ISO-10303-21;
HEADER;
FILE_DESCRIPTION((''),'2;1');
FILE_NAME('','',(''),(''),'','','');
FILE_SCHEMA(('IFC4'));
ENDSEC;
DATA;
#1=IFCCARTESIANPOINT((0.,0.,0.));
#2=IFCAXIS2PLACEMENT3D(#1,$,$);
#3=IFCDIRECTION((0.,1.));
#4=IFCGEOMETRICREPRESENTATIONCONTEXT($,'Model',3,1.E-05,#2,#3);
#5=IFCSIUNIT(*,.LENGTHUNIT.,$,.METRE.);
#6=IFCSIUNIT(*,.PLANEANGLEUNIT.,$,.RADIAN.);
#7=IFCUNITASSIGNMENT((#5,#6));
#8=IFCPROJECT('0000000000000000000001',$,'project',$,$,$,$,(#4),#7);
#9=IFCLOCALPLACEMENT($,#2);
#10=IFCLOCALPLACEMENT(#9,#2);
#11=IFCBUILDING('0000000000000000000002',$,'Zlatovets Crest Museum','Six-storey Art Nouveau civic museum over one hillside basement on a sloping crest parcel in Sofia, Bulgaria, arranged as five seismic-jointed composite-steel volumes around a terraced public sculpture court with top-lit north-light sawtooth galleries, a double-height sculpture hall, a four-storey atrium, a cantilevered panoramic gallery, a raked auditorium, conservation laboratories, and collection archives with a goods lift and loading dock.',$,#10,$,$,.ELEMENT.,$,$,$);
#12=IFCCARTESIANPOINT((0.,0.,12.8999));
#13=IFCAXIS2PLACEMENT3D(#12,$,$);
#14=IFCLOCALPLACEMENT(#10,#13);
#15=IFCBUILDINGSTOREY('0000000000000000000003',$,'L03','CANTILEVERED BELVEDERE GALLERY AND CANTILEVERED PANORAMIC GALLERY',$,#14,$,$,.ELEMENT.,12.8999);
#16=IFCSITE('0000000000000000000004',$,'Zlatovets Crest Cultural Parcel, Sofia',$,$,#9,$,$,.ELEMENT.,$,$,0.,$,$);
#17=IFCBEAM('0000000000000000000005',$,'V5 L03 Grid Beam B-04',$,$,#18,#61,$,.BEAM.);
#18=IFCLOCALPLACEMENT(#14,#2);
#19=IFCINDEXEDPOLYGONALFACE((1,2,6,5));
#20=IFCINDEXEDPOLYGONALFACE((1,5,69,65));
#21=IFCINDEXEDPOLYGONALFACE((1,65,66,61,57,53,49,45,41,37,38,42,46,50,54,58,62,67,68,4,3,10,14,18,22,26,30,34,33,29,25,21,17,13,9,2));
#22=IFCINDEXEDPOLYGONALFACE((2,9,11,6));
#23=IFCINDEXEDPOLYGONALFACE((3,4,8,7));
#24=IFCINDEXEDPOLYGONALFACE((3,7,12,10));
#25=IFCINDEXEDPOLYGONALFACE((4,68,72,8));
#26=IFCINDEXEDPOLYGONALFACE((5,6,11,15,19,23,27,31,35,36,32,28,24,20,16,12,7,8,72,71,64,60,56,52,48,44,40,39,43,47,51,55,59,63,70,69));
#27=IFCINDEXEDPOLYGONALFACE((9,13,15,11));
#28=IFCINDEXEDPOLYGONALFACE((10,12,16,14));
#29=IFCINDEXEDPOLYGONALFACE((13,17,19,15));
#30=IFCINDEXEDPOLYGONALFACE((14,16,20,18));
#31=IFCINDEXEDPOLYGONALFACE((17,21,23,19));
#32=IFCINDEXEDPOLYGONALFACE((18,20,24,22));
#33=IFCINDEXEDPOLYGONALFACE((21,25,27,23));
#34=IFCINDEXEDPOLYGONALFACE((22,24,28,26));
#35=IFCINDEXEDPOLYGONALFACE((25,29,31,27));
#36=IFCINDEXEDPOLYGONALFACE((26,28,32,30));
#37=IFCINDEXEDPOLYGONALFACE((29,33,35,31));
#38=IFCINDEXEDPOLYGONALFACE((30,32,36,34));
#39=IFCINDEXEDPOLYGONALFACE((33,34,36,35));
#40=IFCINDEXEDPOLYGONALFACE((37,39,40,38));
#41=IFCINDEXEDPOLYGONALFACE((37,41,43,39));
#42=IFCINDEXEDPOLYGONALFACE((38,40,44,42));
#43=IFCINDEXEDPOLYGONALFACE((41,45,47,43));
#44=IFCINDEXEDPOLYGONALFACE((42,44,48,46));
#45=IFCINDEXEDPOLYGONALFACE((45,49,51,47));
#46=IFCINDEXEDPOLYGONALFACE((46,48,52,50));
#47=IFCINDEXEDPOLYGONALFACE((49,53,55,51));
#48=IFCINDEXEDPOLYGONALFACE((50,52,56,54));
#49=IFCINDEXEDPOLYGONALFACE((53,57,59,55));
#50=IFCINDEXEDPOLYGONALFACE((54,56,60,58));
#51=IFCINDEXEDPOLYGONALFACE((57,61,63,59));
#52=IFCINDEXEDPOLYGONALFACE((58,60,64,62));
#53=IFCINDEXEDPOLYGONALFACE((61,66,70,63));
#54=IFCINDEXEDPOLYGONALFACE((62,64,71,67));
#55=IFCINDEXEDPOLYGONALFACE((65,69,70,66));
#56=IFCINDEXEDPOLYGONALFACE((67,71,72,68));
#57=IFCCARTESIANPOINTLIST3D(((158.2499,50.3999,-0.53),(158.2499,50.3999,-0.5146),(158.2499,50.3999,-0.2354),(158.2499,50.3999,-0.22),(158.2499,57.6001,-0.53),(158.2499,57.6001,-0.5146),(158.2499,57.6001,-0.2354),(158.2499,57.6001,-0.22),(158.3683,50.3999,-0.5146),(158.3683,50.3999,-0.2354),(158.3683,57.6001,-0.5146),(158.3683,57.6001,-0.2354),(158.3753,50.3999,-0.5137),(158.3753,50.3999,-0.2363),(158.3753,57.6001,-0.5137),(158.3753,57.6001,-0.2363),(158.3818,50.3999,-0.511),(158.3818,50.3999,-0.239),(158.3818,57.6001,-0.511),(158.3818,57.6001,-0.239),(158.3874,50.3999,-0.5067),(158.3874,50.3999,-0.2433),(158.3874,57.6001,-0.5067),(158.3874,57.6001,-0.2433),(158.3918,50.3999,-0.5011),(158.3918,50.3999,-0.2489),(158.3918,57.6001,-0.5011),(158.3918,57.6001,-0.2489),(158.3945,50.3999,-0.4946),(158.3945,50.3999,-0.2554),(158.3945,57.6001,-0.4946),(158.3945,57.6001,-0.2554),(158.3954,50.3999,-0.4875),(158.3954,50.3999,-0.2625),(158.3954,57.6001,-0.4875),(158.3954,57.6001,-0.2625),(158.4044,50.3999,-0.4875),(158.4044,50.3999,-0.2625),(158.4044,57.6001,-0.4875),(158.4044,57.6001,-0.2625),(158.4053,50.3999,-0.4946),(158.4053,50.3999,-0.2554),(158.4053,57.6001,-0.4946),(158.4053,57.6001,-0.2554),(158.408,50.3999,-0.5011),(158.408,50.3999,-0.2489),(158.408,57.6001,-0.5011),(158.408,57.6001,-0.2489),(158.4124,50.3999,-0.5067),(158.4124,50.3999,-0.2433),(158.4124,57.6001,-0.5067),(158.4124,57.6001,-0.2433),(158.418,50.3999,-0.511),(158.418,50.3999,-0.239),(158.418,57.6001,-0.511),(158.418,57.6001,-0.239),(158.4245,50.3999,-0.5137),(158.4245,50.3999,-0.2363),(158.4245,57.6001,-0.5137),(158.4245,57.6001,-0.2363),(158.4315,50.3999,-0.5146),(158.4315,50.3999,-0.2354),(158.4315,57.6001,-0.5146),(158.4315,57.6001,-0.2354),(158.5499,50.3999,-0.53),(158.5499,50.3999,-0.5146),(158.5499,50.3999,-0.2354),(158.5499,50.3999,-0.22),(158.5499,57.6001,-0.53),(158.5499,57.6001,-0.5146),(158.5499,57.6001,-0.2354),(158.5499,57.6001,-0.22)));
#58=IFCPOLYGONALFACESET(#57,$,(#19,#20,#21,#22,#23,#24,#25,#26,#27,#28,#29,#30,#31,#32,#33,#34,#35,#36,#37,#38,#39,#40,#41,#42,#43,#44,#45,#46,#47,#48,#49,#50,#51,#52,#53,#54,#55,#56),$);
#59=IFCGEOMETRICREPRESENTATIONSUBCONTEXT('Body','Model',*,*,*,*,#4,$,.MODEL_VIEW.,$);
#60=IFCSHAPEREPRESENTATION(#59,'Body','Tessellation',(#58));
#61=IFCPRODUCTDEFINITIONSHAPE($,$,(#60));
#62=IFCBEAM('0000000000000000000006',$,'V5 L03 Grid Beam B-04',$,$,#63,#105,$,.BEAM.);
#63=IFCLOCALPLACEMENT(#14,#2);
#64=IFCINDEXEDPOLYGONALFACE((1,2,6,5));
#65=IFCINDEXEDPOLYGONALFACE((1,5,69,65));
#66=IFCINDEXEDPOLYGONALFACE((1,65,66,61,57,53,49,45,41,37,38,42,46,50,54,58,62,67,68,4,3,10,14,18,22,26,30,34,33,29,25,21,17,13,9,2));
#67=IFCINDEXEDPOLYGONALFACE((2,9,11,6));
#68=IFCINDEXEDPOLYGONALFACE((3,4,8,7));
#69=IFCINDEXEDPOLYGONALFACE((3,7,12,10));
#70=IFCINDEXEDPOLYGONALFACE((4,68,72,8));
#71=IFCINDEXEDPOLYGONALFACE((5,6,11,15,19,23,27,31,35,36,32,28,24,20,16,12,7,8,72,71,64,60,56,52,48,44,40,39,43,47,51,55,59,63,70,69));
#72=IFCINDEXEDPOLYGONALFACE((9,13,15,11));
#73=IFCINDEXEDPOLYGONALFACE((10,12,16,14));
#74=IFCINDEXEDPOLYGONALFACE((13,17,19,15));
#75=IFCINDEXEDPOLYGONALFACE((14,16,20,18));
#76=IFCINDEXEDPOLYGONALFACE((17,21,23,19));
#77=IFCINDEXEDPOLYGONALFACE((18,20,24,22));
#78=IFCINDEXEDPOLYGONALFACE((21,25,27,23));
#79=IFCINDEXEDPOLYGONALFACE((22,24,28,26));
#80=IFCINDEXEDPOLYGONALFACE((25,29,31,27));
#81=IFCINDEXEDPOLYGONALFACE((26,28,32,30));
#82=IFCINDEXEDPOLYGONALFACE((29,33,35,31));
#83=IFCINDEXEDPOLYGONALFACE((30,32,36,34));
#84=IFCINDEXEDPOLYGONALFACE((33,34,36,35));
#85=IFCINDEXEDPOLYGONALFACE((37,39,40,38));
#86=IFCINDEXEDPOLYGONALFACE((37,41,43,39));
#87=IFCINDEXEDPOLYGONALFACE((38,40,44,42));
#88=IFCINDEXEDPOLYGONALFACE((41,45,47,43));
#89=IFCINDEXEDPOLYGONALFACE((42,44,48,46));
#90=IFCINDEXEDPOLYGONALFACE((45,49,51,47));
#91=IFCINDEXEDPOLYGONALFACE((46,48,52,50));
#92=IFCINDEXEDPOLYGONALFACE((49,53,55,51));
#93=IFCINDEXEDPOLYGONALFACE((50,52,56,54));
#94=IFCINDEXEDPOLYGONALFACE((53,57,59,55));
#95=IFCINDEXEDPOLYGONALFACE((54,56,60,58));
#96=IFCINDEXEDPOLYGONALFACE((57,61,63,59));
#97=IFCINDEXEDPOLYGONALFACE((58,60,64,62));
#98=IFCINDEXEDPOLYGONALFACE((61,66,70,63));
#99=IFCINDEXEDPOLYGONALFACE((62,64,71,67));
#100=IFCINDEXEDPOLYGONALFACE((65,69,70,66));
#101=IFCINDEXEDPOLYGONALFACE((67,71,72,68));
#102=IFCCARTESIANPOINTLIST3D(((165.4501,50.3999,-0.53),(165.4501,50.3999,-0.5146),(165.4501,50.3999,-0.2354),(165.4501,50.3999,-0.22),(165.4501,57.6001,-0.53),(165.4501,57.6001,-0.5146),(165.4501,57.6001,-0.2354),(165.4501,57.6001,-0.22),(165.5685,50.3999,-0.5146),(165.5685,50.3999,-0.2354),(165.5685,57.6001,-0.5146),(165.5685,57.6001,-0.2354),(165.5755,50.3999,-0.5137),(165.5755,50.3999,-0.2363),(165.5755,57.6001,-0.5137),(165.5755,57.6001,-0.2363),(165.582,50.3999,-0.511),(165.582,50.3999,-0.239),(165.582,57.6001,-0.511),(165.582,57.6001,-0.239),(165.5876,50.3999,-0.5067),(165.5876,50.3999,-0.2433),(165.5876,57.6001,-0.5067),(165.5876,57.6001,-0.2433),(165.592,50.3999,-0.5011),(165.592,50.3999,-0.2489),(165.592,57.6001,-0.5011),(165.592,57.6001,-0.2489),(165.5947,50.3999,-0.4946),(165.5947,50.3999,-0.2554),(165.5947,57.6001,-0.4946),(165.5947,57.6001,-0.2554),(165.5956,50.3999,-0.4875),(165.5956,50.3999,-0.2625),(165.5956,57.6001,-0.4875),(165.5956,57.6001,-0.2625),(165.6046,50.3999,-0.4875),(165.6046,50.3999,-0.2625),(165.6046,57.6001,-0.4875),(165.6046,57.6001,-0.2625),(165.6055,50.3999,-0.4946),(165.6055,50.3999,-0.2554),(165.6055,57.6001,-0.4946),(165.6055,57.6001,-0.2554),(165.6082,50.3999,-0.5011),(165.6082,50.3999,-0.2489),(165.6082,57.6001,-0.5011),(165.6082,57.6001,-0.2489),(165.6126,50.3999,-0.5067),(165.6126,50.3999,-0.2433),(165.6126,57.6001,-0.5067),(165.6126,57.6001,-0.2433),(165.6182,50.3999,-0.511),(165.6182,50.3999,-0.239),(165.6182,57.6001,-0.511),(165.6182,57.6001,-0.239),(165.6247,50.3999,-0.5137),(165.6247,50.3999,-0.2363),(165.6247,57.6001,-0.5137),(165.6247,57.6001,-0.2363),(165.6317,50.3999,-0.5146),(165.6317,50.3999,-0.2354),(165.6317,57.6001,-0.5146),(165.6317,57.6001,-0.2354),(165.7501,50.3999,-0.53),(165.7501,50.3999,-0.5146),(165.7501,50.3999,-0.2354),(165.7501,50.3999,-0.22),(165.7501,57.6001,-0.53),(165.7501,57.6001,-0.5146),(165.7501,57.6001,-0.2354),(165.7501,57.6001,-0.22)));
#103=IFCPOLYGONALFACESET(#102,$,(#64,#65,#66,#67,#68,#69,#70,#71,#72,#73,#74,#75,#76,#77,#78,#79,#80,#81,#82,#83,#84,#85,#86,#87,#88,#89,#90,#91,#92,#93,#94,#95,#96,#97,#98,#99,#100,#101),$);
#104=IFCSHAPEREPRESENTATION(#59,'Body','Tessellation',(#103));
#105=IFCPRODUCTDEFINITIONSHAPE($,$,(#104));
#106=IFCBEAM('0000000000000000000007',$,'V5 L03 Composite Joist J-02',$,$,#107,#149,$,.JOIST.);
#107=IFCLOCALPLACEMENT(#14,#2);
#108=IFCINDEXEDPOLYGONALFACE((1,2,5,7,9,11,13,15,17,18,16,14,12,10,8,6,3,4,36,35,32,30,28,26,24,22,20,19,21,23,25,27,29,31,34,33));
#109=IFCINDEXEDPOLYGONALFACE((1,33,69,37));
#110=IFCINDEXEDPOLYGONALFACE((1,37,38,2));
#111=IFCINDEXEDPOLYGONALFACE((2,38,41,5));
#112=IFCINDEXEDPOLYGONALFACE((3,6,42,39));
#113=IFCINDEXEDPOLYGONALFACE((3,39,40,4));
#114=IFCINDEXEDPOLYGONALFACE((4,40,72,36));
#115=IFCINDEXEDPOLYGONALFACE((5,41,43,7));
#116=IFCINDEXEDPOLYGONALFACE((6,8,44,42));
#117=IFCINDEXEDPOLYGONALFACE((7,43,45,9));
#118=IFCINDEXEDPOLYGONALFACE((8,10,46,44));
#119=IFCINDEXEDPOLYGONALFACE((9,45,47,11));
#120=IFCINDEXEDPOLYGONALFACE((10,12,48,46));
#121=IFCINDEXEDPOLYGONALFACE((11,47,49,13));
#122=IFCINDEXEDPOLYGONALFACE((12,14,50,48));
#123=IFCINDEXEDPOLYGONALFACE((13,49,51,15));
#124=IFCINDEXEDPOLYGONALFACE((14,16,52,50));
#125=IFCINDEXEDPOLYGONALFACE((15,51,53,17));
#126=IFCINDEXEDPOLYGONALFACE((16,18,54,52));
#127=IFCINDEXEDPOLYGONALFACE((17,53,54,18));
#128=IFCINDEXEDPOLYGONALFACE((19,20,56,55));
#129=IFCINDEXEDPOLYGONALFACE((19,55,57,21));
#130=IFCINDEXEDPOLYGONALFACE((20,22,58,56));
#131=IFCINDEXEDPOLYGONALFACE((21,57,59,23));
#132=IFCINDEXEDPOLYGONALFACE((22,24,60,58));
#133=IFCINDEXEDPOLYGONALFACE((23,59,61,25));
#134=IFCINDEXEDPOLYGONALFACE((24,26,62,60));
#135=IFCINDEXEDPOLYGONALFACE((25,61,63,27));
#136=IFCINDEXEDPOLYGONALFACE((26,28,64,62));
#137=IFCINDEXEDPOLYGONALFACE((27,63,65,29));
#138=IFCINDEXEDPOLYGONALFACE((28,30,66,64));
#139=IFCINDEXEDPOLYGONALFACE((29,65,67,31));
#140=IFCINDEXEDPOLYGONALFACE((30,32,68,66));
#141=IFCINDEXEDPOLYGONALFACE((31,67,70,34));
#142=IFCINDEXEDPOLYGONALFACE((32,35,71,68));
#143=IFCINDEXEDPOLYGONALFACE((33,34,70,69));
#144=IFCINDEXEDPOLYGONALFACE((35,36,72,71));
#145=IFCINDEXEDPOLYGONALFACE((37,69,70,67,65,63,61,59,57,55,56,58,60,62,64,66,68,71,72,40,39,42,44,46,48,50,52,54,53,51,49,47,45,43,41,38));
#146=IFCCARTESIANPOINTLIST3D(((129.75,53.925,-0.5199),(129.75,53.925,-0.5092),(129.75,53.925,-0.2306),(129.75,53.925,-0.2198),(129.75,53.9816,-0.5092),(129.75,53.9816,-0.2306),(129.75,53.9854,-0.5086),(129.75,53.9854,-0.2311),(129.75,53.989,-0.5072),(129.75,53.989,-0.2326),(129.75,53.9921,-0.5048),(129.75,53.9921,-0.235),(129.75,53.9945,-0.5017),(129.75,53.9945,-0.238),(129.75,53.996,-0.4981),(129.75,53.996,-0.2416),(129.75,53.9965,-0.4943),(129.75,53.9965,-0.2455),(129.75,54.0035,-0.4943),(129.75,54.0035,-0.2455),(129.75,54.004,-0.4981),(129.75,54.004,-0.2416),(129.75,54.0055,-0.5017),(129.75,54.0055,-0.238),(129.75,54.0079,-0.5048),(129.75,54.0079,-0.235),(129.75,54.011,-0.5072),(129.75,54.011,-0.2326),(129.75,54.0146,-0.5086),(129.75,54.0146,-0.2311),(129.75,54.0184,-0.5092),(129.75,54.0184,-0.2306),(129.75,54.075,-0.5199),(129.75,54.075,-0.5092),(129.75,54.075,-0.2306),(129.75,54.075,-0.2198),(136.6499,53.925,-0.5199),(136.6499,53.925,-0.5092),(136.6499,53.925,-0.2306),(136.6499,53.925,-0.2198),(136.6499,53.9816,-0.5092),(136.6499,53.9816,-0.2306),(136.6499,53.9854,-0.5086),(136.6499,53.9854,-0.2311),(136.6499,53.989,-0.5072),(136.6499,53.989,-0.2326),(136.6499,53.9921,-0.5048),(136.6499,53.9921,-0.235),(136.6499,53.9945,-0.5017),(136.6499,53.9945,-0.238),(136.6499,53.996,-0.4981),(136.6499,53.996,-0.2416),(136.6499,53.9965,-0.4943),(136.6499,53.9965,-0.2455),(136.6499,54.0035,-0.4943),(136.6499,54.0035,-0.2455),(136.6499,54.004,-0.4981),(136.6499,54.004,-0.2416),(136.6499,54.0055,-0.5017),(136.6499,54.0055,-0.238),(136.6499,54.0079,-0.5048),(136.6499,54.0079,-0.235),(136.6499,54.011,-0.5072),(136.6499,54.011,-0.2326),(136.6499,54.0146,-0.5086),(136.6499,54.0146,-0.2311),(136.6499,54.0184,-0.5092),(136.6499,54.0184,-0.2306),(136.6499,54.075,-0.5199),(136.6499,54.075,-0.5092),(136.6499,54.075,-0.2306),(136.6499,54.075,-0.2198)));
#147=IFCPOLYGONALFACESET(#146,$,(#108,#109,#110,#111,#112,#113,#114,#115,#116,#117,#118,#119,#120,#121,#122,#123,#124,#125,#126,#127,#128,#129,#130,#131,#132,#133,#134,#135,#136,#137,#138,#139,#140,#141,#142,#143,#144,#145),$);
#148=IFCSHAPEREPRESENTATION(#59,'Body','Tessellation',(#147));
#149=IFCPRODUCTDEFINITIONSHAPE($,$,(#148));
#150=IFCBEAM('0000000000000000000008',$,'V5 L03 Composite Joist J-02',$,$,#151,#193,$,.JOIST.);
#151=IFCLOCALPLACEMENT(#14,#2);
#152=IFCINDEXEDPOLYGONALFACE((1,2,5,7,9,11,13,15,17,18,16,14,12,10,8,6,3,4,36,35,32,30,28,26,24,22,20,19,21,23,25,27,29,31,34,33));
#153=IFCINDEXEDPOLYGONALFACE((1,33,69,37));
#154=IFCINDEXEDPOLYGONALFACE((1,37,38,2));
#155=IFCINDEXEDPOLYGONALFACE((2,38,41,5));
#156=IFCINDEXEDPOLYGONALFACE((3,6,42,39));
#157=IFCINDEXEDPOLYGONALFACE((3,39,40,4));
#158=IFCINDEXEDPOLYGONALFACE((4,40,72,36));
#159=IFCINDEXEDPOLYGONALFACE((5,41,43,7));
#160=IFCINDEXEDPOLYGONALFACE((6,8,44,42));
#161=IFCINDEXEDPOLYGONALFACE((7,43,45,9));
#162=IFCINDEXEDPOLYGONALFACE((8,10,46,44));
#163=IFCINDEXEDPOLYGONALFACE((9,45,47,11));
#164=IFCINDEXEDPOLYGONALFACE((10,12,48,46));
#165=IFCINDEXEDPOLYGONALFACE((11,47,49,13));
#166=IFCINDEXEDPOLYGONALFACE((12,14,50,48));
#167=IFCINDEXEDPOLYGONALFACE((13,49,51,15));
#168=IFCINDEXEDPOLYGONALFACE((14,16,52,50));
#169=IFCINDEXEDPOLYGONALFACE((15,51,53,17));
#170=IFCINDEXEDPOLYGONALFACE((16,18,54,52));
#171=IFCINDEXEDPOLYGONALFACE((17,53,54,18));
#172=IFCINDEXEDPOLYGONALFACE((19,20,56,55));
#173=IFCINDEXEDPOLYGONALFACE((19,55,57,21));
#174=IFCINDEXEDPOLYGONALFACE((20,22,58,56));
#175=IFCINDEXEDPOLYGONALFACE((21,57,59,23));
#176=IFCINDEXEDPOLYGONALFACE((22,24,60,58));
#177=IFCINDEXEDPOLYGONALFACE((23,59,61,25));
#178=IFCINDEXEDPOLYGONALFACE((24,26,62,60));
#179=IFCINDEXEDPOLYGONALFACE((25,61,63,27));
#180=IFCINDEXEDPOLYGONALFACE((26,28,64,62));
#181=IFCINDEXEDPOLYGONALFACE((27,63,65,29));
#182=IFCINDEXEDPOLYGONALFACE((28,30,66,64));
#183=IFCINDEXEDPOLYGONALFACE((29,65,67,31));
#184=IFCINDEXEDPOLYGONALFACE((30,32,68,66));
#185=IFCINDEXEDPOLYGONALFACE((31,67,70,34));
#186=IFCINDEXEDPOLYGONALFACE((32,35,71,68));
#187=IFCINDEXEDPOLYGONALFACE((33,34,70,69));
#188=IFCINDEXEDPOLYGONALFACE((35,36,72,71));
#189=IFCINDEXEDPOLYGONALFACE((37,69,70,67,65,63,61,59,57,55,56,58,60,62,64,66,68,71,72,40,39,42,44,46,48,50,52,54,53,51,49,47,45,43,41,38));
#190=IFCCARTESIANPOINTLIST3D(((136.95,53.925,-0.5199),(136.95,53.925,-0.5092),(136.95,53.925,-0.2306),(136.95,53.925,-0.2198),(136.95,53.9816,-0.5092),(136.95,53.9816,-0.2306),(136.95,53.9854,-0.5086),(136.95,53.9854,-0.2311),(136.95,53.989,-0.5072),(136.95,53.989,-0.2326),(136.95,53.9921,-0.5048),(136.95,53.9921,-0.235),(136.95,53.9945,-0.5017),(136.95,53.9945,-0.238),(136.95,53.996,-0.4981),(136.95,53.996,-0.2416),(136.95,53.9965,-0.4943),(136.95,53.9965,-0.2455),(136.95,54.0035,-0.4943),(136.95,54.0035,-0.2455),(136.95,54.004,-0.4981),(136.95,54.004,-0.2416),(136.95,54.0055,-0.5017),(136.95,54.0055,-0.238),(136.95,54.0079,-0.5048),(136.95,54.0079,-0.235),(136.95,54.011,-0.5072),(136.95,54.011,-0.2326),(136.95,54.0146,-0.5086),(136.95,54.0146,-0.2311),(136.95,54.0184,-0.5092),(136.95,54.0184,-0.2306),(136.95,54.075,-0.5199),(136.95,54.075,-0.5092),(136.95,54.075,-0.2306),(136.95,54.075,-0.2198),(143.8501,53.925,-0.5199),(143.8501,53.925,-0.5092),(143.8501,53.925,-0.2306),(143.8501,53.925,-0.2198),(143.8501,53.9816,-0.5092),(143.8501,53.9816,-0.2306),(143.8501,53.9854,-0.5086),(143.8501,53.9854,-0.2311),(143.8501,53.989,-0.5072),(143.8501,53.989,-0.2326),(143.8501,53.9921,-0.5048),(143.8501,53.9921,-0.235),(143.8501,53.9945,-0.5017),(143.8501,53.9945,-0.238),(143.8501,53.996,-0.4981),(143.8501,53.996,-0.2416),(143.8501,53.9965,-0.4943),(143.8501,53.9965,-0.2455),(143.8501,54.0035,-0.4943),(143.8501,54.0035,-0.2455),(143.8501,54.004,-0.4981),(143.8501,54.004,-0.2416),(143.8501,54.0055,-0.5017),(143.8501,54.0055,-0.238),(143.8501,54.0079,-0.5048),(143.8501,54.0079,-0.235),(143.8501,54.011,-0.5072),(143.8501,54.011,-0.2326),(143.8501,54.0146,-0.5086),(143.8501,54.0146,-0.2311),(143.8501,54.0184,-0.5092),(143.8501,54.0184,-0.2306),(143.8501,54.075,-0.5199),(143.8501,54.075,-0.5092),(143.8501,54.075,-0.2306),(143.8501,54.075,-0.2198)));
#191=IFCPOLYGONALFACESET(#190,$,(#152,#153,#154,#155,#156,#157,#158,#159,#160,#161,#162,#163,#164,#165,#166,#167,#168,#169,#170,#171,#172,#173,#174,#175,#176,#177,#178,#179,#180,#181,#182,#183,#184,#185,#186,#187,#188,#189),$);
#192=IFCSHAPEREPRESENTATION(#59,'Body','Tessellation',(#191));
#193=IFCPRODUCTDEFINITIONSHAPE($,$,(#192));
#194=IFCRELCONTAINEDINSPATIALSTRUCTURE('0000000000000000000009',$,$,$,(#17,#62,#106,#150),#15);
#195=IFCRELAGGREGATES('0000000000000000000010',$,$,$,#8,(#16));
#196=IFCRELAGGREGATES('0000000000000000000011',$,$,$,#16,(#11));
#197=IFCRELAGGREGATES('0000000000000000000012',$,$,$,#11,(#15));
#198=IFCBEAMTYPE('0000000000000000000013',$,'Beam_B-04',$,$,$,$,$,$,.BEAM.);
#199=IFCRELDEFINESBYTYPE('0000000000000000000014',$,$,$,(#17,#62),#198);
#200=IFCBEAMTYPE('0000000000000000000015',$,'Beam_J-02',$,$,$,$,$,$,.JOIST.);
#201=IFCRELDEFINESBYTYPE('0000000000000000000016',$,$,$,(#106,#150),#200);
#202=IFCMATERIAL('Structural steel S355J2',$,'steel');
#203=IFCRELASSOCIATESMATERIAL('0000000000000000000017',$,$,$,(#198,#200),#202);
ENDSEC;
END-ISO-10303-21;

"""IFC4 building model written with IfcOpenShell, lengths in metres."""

from ifc_helpers import new_model, si_unit, direction, frame, origin, origin_2d, place, context, subcontext, project, spatial, i_section, extrude, material, material_profile, profile_set, type_object, element, save


model = new_model("IFC4")

# Units and contexts
model_context = context("Model", 3, precision=1e-05, world=origin(), true_north=direction((0.0, 1.0)))
body_context = subcontext(model_context, "Body", "Model", "MODEL_VIEW")
ifc_project = project(units=[si_unit("LENGTHUNIT", "METRE"), si_unit("PLANEANGLEUNIT", "RADIAN")], contexts=[model_context])

# Site, building, storey
site_placement = place(None, origin())
site = spatial("IfcSite", under=ifc_project, at=site_placement, Name="Zlatovets Crest Cultural Parcel, Sofia", CompositionType="ELEMENT", RefElevation=0.0)
building_placement = place(site_placement, origin())
building = spatial("IfcBuilding", under=site, at=building_placement, Name="Zlatovets Crest Museum", Description="Six-storey Art Nouveau civic museum over one hillside basement on a sloping crest parcel in Sofia, Bulgaria, arranged as five seismic-jointed composite-steel volumes around a terraced public sculpture court with top-lit north-light sawtooth galleries, a double-height sculpture hall, a four-storey atrium, a cantilevered panoramic gallery, a raked auditorium, conservation laboratories, and collection archives with a goods lift and loading dock.", CompositionType="ELEMENT")
storey_placement = place(building_placement, frame((0.0, 0.0, 12.8999)))
storey = spatial("IfcBuildingStorey", under=building, at=storey_placement, Name="L03", Description="CANTILEVERED BELVEDERE GALLERY AND CANTILEVERED PANORAMIC GALLERY", CompositionType="ELEMENT", Elevation=12.8999)

# Beams
ifc_material_1 = material(Name="Structural steel S355J2", Category="steel")
ifc_material_profile_1 = material_profile(ifc_material_1, i_section(OverallWidth=0.3, OverallDepth=0.3101, WebThickness=0.009, FlangeThickness=0.0154, FilletRadius=0.0271, at=origin_2d()), Name="HEA 320")
ifc_profile_set_1 = profile_set([ifc_material_profile_1], Name="Structural steel S355J2")
beam_type_1 = type_object("IfcBeamType", Name="Beam_B-04", PredefinedType="BEAM", material=ifc_profile_set_1)
for number, where, z_axis, x_axis, name in (
    (1, (158.3999, 50.3999, -0.375), (0.0, 1.0, 0.0), (-1.0, 0.0, 0.0), "V5 L03 Grid Beam B-04"),
    (2, (165.6001, 50.3999, -0.375), (0.0, 1.0, 0.0), (-1.0, 0.0, 0.0), "V5 L03 Grid Beam B-04"),
):
    element("IfcBeam", number, at=place(storey_placement, frame(where, z_axis=z_axis, x_axis=x_axis)), inside=storey, type_object=beam_type_1, Name=name, PredefinedType="BEAM", context=body_context, shape_type="SweptSolid", body=[
        extrude(i_section(OverallWidth=0.3, OverallDepth=0.3101, WebThickness=0.009, FlangeThickness=0.0154, FilletRadius=0.0271, at=origin_2d()), origin(), (0.0, 0.0, 1.0), 7.2002),
    ])
ifc_material_profile_2 = material_profile(ifc_material_1, i_section(OverallWidth=0.1499, OverallDepth=0.3, WebThickness=0.0071, FlangeThickness=0.0107, FilletRadius=0.0149, at=origin_2d()), Name="IPE 300")
ifc_profile_set_2 = profile_set([ifc_material_profile_2], Name="Structural steel S355J2")
beam_type_2 = type_object("IfcBeamType", Name="Beam_J-02", PredefinedType="JOIST", material=ifc_profile_set_2)
beam_1_placement = place(storey_placement, frame((129.75, 54.0, -0.3699), z_axis=(1.0, 0.0, 0.0), x_axis=(0.0, 1.0, 0.0)))
element("IfcBeam", 3, at=beam_1_placement, inside=storey, type_object=beam_type_2, Name="V5 L03 Composite Joist J-02", PredefinedType="JOIST", context=body_context, shape_type="SweptSolid", body=[
    extrude(i_section(OverallWidth=0.1499, OverallDepth=0.3, WebThickness=0.0071, FlangeThickness=0.0107, FilletRadius=0.0149, at=origin_2d()), origin(), (0.0, 0.0, 1.0), 6.8999),
])
for number, where, z_axis, x_axis, name in (
    (4, (136.95, 54.0, -0.3699), (1.0, 0.0, 0.0), (0.0, 1.0, 0.0), "V5 L03 Composite Joist J-02"),
):
    element("IfcBeam", number, at=place(storey_placement, frame(where, z_axis=z_axis, x_axis=x_axis)), inside=storey, type_object=beam_type_2, Name=name, PredefinedType="JOIST", context=body_context, shape_type="SweptSolid", body=[
        extrude(i_section(OverallWidth=0.1499, OverallDepth=0.3, WebThickness=0.0071, FlangeThickness=0.0107, FilletRadius=0.0149, at=origin_2d()), origin(), (0.0, 0.0, 1.0), 6.9001),
    ])

save(model, "model.ifc")
